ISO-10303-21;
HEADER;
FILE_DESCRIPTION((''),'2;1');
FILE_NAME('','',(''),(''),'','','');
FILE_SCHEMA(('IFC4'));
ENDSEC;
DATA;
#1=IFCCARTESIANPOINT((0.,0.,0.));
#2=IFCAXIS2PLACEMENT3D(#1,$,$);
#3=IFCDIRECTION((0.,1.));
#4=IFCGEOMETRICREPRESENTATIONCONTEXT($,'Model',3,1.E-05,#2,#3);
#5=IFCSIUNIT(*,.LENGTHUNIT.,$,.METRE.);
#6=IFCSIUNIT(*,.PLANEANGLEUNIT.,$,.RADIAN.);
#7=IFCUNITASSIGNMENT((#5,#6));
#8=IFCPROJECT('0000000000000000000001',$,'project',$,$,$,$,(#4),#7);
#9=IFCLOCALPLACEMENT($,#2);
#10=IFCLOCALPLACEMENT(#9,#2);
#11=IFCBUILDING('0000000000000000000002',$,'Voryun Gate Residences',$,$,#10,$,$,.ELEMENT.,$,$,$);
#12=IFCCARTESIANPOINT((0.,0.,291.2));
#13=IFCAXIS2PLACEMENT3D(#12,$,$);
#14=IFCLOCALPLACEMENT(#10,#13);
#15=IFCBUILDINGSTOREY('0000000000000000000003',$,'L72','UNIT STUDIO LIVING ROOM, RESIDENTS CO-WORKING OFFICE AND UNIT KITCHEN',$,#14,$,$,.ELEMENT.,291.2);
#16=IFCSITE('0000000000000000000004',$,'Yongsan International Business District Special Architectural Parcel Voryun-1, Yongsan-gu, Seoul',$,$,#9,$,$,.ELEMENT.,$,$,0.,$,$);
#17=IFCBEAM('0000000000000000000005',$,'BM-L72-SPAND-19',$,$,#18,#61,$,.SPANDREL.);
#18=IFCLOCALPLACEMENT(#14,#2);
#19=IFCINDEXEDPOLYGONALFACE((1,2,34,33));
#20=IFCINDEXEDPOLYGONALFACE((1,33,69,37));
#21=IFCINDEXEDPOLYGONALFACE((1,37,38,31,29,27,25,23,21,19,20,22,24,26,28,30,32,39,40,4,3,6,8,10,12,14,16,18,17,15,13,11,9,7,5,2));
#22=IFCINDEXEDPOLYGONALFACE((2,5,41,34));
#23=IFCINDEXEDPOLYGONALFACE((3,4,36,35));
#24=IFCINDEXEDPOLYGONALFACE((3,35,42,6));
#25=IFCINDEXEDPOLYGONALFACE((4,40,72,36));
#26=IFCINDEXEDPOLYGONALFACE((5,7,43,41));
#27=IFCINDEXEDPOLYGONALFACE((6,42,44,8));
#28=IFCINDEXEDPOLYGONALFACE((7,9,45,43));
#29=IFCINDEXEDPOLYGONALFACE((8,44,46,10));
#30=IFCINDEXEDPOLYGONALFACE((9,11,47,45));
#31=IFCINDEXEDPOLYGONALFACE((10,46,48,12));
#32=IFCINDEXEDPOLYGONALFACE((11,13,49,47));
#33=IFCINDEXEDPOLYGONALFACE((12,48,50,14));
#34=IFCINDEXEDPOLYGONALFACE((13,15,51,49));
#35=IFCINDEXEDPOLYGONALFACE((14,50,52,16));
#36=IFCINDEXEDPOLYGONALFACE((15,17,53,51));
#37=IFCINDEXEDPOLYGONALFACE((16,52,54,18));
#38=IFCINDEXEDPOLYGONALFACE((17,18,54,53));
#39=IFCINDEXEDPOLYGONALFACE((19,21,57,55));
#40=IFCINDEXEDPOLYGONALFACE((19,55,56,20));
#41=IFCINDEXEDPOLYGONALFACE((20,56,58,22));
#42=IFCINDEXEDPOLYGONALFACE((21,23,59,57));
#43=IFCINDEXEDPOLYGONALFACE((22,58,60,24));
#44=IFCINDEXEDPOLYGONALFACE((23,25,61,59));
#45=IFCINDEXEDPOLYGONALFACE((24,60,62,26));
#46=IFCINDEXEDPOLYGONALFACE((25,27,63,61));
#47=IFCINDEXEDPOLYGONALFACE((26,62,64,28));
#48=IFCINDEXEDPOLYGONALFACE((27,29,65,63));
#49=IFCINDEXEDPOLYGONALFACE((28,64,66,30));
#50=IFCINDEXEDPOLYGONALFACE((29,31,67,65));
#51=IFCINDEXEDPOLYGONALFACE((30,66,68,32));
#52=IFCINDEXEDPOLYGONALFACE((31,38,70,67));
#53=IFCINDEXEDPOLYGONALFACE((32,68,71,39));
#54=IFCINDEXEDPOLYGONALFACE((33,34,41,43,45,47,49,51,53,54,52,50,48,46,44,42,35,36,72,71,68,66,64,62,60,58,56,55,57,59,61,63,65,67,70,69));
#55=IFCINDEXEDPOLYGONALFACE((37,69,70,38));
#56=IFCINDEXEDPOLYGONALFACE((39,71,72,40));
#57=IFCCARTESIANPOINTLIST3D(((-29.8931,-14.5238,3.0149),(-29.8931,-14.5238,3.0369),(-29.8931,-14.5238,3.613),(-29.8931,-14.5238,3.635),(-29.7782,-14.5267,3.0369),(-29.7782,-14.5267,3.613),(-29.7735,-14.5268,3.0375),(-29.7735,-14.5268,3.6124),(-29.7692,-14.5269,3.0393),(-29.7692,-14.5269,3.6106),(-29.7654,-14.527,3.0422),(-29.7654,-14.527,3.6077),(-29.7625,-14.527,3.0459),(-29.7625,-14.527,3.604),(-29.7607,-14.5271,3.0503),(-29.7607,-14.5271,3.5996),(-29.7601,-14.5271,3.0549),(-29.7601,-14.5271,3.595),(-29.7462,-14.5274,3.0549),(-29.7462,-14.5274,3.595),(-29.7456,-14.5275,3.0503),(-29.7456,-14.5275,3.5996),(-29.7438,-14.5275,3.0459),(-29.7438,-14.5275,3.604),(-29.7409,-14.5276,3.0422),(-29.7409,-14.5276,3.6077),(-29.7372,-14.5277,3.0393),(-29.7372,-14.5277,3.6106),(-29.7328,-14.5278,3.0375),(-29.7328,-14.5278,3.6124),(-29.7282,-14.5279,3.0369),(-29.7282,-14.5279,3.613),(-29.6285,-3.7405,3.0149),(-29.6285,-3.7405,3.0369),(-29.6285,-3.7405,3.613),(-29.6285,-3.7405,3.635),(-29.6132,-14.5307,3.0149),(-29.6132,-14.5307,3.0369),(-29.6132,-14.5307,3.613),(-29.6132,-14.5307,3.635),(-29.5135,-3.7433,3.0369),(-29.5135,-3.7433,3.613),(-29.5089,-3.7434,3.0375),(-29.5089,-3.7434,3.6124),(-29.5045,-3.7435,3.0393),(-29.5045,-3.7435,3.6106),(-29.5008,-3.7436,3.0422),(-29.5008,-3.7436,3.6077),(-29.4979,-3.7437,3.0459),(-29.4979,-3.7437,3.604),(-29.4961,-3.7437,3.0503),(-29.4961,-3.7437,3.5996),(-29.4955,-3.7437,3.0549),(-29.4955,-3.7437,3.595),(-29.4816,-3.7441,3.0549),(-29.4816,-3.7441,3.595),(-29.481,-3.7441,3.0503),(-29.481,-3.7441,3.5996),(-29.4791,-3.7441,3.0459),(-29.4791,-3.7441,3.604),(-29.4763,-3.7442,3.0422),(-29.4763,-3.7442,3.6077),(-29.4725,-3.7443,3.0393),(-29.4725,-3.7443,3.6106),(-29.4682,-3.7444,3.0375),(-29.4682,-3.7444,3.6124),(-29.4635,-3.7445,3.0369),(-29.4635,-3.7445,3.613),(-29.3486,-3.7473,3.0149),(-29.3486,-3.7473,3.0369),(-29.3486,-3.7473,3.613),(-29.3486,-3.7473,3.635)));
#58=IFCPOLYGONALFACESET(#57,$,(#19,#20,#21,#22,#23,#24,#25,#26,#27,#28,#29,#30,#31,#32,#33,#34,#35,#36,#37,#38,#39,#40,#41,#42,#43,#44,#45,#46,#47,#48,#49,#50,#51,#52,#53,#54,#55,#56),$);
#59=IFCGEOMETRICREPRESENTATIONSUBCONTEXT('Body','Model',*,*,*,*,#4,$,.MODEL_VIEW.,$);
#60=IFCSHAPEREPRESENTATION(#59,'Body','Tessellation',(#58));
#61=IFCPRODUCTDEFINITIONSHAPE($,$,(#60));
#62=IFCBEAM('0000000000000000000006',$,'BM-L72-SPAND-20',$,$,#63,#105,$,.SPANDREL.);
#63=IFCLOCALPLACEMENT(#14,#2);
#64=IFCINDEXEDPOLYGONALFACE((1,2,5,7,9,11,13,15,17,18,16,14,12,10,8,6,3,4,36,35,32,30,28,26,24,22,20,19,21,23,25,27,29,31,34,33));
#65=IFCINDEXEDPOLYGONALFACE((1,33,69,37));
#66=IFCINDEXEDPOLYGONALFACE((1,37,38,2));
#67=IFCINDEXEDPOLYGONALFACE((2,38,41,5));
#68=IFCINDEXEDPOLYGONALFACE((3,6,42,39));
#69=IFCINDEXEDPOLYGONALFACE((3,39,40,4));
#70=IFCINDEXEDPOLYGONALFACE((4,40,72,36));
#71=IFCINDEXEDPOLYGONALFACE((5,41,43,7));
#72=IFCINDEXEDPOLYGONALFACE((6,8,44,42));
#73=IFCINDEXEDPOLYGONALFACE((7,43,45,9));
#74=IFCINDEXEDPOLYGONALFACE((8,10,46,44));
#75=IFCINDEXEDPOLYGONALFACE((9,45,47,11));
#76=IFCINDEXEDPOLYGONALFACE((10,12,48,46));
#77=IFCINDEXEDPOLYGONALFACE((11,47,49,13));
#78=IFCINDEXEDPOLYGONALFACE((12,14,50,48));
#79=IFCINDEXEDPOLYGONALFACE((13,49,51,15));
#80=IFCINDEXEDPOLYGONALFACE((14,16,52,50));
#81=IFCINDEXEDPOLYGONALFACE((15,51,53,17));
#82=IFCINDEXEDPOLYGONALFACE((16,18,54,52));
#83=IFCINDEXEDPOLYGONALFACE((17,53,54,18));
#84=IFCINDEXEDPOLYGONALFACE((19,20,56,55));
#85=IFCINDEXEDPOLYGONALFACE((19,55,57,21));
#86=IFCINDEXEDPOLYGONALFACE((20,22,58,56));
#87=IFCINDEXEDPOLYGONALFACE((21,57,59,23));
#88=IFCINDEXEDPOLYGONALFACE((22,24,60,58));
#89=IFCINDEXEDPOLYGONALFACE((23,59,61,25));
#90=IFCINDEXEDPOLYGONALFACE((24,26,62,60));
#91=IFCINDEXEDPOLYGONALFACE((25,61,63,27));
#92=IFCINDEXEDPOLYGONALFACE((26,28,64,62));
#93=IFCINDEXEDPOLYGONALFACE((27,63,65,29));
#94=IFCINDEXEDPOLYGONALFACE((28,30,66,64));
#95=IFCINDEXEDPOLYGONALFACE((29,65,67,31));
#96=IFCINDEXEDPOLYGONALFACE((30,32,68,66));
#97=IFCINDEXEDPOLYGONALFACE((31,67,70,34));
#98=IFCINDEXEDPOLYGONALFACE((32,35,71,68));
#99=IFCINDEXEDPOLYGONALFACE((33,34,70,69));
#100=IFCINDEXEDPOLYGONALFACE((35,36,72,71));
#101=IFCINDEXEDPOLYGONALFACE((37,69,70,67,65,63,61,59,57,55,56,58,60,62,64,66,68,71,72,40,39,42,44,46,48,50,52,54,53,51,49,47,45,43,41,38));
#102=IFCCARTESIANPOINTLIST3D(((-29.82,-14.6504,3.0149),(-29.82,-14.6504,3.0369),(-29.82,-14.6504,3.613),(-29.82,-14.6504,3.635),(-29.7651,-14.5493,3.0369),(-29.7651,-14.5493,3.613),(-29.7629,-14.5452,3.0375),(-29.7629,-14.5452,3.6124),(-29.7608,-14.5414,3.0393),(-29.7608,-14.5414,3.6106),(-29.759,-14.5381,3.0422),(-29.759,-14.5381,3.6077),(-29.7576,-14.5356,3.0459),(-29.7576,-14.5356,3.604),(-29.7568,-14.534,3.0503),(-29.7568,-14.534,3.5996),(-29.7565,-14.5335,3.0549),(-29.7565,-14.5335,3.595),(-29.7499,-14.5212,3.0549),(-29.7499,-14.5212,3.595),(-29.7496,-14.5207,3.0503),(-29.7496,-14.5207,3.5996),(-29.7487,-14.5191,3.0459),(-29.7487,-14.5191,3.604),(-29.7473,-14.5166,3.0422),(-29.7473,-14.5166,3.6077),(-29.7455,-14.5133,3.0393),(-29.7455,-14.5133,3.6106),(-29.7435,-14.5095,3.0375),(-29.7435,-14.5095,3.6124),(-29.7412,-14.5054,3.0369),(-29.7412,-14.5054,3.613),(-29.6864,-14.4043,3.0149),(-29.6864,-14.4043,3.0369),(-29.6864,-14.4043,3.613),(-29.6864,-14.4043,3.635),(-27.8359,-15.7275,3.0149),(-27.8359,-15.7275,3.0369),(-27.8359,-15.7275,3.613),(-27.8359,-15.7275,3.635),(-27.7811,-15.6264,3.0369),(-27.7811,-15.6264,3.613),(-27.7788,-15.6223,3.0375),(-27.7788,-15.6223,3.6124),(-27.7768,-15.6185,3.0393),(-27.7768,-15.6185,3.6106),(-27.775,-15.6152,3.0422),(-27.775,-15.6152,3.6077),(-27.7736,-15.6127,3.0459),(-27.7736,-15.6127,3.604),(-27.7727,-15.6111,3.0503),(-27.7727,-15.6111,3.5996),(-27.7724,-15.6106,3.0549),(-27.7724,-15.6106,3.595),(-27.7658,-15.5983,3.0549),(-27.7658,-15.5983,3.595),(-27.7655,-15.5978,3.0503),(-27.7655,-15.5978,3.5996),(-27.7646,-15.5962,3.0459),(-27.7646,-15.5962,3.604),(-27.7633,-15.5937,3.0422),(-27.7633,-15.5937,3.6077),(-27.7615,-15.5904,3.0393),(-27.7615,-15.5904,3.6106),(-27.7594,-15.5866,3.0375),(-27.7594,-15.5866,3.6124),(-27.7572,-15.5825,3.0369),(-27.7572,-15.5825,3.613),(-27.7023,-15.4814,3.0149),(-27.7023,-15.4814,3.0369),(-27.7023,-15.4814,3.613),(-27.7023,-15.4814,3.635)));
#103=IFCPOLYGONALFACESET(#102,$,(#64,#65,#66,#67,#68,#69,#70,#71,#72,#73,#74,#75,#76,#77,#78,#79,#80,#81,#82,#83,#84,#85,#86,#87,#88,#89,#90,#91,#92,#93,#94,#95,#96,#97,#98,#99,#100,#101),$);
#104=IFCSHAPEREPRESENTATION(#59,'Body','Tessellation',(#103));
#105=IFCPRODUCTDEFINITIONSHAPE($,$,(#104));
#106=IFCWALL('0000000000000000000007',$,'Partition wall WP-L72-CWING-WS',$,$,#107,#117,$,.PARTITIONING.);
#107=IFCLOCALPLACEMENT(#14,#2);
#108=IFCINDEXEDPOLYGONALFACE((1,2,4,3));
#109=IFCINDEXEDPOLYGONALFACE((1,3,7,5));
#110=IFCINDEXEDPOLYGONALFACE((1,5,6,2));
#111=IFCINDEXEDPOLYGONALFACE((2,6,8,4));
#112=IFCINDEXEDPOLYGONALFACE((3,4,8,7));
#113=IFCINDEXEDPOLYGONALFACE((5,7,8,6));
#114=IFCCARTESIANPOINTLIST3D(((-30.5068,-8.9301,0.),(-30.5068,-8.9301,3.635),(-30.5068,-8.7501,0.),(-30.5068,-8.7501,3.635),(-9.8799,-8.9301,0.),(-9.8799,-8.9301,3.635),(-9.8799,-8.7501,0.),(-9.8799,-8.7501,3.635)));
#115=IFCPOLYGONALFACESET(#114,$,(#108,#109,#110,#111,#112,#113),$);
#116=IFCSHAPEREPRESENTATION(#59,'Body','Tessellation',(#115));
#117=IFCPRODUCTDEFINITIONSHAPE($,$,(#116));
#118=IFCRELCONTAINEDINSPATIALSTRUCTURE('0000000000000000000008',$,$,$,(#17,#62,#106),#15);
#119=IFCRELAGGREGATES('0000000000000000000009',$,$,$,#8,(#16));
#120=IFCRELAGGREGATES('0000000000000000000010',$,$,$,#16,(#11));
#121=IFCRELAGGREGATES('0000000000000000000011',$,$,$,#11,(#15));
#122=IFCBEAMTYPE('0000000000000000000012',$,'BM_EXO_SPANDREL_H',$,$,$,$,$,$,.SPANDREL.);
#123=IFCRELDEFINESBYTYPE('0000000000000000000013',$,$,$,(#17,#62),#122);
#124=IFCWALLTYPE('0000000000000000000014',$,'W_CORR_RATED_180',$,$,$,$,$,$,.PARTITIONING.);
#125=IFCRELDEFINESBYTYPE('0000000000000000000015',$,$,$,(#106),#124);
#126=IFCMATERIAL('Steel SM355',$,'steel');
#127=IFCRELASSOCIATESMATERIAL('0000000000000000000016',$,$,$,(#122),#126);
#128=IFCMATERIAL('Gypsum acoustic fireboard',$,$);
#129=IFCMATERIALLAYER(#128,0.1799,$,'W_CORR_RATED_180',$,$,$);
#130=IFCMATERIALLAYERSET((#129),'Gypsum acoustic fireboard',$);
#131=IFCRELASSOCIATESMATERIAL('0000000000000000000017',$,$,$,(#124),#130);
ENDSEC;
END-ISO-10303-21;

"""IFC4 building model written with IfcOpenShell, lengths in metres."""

from ifc_helpers import new_model, si_unit, direction, frame, frame_2d, origin, origin_2d, place, context, subcontext, project, spatial, rectangle, i_section, extrude, material, layer, layer_set, material_profile, profile_set, type_object, element, save


model = new_model("IFC4")

# Units and contexts
model_context = context("Model", 3, precision=1e-05, world=origin(), true_north=direction((0.0, 1.0)))
body_context = subcontext(model_context, "Body", "Model", "MODEL_VIEW")
ifc_project = project(units=[si_unit("LENGTHUNIT", "METRE"), si_unit("PLANEANGLEUNIT", "RADIAN")], contexts=[model_context])

# Site, building, storey
site_placement = place(None, origin())
site = spatial("IfcSite", under=ifc_project, at=site_placement, Name="Yongsan International Business District Special Architectural Parcel Voryun-1, Yongsan-gu, Seoul", CompositionType="ELEMENT", RefElevation=0.0)
building_placement = place(site_placement, origin())
building = spatial("IfcBuilding", under=site, at=building_placement, Name="Voryun Gate Residences", CompositionType="ELEMENT")
storey_placement = place(building_placement, frame((0.0, 0.0, 291.2)))
storey = spatial("IfcBuildingStorey", under=building, at=storey_placement, Name="L72", Description="UNIT STUDIO LIVING ROOM, RESIDENTS CO-WORKING OFFICE AND UNIT KITCHEN", CompositionType="ELEMENT", Elevation=291.2)

# Beams
ifc_material_1 = material(Name="Steel SM355", Category="steel")
ifc_material_profile_1 = material_profile(ifc_material_1, i_section(OverallWidth=0.28, OverallDepth=0.6201, WebThickness=0.0139, FlangeThickness=0.022, FilletRadius=0.0181, at=origin_2d()), Name="H-620x280x14x22")
ifc_profile_set_1 = profile_set([ifc_material_profile_1], Name="Steel SM355")
beam_type = type_object("IfcBeamType", Name="BM_EXO_SPANDREL_H", PredefinedType="SPANDREL", material=ifc_profile_set_1)
beam_1_placement = place(storey_placement, frame((-29.4885, -3.7439, 3.325), z_axis=(-0.024535, -0.999699, 0.0), x_axis=(0.999699, -0.024535, 0.0)))
element("IfcBeam", 1, at=beam_1_placement, inside=storey, type_object=beam_type, Name="BM-L72-SPAND-19", PredefinedType="SPANDREL", context=body_context, shape_type="SweptSolid", body=[
    extrude(i_section(OverallWidth=0.28, OverallDepth=0.6201, WebThickness=0.0139, FlangeThickness=0.022, FilletRadius=0.0181, at=origin_2d()), origin(), (0.0, 0.0, 1.0), 10.7866),
])
beam_2_placement = place(storey_placement, frame((-29.7532, -14.5273, 3.325), z_axis=(0.878844, -0.477109, 0.0), x_axis=(0.477109, 0.878844, 0.0)))
element("IfcBeam", 2, at=beam_2_placement, inside=storey, type_object=beam_type, Name="BM-L72-SPAND-20", PredefinedType="SPANDREL", context=body_context, shape_type="SweptSolid", body=[
    extrude(i_section(OverallWidth=0.28, OverallDepth=0.6201, WebThickness=0.0139, FlangeThickness=0.022, FilletRadius=0.0181, at=origin_2d()), origin(), (0.0, 0.0, 1.0), 2.2576),
])

# Wall
ifc_material_2 = material(Name="Gypsum acoustic fireboard")
ifc_layer_1 = layer(ifc_material_2, 0.1799, Name="W_CORR_RATED_180")
ifc_layer_set_1 = layer_set([ifc_layer_1], Name="Gypsum acoustic fireboard")
wall_type_1 = type_object("IfcWallType", Name="W_CORR_RATED_180", PredefinedType="PARTITIONING", material=ifc_layer_set_1)
wall_1_placement = place(storey_placement, frame((-30.5068, -8.8401, 0.0), z_axis=(0.0, 0.0, 1.0), x_axis=(1.0, 0.0, 0.0)))
element("IfcWall", 3, at=wall_1_placement, inside=storey, type_object=wall_type_1, Name="Partition wall WP-L72-CWING-WS", PredefinedType="PARTITIONING", context=body_context, shape_type="SweptSolid", body=[
    extrude(rectangle(XDim=20.627, YDim=0.1799, at=frame_2d((10.3135, 0.0))), origin(), (0.0, 0.0, 1.0), 3.635),
])

save(model, "model.ifc")
